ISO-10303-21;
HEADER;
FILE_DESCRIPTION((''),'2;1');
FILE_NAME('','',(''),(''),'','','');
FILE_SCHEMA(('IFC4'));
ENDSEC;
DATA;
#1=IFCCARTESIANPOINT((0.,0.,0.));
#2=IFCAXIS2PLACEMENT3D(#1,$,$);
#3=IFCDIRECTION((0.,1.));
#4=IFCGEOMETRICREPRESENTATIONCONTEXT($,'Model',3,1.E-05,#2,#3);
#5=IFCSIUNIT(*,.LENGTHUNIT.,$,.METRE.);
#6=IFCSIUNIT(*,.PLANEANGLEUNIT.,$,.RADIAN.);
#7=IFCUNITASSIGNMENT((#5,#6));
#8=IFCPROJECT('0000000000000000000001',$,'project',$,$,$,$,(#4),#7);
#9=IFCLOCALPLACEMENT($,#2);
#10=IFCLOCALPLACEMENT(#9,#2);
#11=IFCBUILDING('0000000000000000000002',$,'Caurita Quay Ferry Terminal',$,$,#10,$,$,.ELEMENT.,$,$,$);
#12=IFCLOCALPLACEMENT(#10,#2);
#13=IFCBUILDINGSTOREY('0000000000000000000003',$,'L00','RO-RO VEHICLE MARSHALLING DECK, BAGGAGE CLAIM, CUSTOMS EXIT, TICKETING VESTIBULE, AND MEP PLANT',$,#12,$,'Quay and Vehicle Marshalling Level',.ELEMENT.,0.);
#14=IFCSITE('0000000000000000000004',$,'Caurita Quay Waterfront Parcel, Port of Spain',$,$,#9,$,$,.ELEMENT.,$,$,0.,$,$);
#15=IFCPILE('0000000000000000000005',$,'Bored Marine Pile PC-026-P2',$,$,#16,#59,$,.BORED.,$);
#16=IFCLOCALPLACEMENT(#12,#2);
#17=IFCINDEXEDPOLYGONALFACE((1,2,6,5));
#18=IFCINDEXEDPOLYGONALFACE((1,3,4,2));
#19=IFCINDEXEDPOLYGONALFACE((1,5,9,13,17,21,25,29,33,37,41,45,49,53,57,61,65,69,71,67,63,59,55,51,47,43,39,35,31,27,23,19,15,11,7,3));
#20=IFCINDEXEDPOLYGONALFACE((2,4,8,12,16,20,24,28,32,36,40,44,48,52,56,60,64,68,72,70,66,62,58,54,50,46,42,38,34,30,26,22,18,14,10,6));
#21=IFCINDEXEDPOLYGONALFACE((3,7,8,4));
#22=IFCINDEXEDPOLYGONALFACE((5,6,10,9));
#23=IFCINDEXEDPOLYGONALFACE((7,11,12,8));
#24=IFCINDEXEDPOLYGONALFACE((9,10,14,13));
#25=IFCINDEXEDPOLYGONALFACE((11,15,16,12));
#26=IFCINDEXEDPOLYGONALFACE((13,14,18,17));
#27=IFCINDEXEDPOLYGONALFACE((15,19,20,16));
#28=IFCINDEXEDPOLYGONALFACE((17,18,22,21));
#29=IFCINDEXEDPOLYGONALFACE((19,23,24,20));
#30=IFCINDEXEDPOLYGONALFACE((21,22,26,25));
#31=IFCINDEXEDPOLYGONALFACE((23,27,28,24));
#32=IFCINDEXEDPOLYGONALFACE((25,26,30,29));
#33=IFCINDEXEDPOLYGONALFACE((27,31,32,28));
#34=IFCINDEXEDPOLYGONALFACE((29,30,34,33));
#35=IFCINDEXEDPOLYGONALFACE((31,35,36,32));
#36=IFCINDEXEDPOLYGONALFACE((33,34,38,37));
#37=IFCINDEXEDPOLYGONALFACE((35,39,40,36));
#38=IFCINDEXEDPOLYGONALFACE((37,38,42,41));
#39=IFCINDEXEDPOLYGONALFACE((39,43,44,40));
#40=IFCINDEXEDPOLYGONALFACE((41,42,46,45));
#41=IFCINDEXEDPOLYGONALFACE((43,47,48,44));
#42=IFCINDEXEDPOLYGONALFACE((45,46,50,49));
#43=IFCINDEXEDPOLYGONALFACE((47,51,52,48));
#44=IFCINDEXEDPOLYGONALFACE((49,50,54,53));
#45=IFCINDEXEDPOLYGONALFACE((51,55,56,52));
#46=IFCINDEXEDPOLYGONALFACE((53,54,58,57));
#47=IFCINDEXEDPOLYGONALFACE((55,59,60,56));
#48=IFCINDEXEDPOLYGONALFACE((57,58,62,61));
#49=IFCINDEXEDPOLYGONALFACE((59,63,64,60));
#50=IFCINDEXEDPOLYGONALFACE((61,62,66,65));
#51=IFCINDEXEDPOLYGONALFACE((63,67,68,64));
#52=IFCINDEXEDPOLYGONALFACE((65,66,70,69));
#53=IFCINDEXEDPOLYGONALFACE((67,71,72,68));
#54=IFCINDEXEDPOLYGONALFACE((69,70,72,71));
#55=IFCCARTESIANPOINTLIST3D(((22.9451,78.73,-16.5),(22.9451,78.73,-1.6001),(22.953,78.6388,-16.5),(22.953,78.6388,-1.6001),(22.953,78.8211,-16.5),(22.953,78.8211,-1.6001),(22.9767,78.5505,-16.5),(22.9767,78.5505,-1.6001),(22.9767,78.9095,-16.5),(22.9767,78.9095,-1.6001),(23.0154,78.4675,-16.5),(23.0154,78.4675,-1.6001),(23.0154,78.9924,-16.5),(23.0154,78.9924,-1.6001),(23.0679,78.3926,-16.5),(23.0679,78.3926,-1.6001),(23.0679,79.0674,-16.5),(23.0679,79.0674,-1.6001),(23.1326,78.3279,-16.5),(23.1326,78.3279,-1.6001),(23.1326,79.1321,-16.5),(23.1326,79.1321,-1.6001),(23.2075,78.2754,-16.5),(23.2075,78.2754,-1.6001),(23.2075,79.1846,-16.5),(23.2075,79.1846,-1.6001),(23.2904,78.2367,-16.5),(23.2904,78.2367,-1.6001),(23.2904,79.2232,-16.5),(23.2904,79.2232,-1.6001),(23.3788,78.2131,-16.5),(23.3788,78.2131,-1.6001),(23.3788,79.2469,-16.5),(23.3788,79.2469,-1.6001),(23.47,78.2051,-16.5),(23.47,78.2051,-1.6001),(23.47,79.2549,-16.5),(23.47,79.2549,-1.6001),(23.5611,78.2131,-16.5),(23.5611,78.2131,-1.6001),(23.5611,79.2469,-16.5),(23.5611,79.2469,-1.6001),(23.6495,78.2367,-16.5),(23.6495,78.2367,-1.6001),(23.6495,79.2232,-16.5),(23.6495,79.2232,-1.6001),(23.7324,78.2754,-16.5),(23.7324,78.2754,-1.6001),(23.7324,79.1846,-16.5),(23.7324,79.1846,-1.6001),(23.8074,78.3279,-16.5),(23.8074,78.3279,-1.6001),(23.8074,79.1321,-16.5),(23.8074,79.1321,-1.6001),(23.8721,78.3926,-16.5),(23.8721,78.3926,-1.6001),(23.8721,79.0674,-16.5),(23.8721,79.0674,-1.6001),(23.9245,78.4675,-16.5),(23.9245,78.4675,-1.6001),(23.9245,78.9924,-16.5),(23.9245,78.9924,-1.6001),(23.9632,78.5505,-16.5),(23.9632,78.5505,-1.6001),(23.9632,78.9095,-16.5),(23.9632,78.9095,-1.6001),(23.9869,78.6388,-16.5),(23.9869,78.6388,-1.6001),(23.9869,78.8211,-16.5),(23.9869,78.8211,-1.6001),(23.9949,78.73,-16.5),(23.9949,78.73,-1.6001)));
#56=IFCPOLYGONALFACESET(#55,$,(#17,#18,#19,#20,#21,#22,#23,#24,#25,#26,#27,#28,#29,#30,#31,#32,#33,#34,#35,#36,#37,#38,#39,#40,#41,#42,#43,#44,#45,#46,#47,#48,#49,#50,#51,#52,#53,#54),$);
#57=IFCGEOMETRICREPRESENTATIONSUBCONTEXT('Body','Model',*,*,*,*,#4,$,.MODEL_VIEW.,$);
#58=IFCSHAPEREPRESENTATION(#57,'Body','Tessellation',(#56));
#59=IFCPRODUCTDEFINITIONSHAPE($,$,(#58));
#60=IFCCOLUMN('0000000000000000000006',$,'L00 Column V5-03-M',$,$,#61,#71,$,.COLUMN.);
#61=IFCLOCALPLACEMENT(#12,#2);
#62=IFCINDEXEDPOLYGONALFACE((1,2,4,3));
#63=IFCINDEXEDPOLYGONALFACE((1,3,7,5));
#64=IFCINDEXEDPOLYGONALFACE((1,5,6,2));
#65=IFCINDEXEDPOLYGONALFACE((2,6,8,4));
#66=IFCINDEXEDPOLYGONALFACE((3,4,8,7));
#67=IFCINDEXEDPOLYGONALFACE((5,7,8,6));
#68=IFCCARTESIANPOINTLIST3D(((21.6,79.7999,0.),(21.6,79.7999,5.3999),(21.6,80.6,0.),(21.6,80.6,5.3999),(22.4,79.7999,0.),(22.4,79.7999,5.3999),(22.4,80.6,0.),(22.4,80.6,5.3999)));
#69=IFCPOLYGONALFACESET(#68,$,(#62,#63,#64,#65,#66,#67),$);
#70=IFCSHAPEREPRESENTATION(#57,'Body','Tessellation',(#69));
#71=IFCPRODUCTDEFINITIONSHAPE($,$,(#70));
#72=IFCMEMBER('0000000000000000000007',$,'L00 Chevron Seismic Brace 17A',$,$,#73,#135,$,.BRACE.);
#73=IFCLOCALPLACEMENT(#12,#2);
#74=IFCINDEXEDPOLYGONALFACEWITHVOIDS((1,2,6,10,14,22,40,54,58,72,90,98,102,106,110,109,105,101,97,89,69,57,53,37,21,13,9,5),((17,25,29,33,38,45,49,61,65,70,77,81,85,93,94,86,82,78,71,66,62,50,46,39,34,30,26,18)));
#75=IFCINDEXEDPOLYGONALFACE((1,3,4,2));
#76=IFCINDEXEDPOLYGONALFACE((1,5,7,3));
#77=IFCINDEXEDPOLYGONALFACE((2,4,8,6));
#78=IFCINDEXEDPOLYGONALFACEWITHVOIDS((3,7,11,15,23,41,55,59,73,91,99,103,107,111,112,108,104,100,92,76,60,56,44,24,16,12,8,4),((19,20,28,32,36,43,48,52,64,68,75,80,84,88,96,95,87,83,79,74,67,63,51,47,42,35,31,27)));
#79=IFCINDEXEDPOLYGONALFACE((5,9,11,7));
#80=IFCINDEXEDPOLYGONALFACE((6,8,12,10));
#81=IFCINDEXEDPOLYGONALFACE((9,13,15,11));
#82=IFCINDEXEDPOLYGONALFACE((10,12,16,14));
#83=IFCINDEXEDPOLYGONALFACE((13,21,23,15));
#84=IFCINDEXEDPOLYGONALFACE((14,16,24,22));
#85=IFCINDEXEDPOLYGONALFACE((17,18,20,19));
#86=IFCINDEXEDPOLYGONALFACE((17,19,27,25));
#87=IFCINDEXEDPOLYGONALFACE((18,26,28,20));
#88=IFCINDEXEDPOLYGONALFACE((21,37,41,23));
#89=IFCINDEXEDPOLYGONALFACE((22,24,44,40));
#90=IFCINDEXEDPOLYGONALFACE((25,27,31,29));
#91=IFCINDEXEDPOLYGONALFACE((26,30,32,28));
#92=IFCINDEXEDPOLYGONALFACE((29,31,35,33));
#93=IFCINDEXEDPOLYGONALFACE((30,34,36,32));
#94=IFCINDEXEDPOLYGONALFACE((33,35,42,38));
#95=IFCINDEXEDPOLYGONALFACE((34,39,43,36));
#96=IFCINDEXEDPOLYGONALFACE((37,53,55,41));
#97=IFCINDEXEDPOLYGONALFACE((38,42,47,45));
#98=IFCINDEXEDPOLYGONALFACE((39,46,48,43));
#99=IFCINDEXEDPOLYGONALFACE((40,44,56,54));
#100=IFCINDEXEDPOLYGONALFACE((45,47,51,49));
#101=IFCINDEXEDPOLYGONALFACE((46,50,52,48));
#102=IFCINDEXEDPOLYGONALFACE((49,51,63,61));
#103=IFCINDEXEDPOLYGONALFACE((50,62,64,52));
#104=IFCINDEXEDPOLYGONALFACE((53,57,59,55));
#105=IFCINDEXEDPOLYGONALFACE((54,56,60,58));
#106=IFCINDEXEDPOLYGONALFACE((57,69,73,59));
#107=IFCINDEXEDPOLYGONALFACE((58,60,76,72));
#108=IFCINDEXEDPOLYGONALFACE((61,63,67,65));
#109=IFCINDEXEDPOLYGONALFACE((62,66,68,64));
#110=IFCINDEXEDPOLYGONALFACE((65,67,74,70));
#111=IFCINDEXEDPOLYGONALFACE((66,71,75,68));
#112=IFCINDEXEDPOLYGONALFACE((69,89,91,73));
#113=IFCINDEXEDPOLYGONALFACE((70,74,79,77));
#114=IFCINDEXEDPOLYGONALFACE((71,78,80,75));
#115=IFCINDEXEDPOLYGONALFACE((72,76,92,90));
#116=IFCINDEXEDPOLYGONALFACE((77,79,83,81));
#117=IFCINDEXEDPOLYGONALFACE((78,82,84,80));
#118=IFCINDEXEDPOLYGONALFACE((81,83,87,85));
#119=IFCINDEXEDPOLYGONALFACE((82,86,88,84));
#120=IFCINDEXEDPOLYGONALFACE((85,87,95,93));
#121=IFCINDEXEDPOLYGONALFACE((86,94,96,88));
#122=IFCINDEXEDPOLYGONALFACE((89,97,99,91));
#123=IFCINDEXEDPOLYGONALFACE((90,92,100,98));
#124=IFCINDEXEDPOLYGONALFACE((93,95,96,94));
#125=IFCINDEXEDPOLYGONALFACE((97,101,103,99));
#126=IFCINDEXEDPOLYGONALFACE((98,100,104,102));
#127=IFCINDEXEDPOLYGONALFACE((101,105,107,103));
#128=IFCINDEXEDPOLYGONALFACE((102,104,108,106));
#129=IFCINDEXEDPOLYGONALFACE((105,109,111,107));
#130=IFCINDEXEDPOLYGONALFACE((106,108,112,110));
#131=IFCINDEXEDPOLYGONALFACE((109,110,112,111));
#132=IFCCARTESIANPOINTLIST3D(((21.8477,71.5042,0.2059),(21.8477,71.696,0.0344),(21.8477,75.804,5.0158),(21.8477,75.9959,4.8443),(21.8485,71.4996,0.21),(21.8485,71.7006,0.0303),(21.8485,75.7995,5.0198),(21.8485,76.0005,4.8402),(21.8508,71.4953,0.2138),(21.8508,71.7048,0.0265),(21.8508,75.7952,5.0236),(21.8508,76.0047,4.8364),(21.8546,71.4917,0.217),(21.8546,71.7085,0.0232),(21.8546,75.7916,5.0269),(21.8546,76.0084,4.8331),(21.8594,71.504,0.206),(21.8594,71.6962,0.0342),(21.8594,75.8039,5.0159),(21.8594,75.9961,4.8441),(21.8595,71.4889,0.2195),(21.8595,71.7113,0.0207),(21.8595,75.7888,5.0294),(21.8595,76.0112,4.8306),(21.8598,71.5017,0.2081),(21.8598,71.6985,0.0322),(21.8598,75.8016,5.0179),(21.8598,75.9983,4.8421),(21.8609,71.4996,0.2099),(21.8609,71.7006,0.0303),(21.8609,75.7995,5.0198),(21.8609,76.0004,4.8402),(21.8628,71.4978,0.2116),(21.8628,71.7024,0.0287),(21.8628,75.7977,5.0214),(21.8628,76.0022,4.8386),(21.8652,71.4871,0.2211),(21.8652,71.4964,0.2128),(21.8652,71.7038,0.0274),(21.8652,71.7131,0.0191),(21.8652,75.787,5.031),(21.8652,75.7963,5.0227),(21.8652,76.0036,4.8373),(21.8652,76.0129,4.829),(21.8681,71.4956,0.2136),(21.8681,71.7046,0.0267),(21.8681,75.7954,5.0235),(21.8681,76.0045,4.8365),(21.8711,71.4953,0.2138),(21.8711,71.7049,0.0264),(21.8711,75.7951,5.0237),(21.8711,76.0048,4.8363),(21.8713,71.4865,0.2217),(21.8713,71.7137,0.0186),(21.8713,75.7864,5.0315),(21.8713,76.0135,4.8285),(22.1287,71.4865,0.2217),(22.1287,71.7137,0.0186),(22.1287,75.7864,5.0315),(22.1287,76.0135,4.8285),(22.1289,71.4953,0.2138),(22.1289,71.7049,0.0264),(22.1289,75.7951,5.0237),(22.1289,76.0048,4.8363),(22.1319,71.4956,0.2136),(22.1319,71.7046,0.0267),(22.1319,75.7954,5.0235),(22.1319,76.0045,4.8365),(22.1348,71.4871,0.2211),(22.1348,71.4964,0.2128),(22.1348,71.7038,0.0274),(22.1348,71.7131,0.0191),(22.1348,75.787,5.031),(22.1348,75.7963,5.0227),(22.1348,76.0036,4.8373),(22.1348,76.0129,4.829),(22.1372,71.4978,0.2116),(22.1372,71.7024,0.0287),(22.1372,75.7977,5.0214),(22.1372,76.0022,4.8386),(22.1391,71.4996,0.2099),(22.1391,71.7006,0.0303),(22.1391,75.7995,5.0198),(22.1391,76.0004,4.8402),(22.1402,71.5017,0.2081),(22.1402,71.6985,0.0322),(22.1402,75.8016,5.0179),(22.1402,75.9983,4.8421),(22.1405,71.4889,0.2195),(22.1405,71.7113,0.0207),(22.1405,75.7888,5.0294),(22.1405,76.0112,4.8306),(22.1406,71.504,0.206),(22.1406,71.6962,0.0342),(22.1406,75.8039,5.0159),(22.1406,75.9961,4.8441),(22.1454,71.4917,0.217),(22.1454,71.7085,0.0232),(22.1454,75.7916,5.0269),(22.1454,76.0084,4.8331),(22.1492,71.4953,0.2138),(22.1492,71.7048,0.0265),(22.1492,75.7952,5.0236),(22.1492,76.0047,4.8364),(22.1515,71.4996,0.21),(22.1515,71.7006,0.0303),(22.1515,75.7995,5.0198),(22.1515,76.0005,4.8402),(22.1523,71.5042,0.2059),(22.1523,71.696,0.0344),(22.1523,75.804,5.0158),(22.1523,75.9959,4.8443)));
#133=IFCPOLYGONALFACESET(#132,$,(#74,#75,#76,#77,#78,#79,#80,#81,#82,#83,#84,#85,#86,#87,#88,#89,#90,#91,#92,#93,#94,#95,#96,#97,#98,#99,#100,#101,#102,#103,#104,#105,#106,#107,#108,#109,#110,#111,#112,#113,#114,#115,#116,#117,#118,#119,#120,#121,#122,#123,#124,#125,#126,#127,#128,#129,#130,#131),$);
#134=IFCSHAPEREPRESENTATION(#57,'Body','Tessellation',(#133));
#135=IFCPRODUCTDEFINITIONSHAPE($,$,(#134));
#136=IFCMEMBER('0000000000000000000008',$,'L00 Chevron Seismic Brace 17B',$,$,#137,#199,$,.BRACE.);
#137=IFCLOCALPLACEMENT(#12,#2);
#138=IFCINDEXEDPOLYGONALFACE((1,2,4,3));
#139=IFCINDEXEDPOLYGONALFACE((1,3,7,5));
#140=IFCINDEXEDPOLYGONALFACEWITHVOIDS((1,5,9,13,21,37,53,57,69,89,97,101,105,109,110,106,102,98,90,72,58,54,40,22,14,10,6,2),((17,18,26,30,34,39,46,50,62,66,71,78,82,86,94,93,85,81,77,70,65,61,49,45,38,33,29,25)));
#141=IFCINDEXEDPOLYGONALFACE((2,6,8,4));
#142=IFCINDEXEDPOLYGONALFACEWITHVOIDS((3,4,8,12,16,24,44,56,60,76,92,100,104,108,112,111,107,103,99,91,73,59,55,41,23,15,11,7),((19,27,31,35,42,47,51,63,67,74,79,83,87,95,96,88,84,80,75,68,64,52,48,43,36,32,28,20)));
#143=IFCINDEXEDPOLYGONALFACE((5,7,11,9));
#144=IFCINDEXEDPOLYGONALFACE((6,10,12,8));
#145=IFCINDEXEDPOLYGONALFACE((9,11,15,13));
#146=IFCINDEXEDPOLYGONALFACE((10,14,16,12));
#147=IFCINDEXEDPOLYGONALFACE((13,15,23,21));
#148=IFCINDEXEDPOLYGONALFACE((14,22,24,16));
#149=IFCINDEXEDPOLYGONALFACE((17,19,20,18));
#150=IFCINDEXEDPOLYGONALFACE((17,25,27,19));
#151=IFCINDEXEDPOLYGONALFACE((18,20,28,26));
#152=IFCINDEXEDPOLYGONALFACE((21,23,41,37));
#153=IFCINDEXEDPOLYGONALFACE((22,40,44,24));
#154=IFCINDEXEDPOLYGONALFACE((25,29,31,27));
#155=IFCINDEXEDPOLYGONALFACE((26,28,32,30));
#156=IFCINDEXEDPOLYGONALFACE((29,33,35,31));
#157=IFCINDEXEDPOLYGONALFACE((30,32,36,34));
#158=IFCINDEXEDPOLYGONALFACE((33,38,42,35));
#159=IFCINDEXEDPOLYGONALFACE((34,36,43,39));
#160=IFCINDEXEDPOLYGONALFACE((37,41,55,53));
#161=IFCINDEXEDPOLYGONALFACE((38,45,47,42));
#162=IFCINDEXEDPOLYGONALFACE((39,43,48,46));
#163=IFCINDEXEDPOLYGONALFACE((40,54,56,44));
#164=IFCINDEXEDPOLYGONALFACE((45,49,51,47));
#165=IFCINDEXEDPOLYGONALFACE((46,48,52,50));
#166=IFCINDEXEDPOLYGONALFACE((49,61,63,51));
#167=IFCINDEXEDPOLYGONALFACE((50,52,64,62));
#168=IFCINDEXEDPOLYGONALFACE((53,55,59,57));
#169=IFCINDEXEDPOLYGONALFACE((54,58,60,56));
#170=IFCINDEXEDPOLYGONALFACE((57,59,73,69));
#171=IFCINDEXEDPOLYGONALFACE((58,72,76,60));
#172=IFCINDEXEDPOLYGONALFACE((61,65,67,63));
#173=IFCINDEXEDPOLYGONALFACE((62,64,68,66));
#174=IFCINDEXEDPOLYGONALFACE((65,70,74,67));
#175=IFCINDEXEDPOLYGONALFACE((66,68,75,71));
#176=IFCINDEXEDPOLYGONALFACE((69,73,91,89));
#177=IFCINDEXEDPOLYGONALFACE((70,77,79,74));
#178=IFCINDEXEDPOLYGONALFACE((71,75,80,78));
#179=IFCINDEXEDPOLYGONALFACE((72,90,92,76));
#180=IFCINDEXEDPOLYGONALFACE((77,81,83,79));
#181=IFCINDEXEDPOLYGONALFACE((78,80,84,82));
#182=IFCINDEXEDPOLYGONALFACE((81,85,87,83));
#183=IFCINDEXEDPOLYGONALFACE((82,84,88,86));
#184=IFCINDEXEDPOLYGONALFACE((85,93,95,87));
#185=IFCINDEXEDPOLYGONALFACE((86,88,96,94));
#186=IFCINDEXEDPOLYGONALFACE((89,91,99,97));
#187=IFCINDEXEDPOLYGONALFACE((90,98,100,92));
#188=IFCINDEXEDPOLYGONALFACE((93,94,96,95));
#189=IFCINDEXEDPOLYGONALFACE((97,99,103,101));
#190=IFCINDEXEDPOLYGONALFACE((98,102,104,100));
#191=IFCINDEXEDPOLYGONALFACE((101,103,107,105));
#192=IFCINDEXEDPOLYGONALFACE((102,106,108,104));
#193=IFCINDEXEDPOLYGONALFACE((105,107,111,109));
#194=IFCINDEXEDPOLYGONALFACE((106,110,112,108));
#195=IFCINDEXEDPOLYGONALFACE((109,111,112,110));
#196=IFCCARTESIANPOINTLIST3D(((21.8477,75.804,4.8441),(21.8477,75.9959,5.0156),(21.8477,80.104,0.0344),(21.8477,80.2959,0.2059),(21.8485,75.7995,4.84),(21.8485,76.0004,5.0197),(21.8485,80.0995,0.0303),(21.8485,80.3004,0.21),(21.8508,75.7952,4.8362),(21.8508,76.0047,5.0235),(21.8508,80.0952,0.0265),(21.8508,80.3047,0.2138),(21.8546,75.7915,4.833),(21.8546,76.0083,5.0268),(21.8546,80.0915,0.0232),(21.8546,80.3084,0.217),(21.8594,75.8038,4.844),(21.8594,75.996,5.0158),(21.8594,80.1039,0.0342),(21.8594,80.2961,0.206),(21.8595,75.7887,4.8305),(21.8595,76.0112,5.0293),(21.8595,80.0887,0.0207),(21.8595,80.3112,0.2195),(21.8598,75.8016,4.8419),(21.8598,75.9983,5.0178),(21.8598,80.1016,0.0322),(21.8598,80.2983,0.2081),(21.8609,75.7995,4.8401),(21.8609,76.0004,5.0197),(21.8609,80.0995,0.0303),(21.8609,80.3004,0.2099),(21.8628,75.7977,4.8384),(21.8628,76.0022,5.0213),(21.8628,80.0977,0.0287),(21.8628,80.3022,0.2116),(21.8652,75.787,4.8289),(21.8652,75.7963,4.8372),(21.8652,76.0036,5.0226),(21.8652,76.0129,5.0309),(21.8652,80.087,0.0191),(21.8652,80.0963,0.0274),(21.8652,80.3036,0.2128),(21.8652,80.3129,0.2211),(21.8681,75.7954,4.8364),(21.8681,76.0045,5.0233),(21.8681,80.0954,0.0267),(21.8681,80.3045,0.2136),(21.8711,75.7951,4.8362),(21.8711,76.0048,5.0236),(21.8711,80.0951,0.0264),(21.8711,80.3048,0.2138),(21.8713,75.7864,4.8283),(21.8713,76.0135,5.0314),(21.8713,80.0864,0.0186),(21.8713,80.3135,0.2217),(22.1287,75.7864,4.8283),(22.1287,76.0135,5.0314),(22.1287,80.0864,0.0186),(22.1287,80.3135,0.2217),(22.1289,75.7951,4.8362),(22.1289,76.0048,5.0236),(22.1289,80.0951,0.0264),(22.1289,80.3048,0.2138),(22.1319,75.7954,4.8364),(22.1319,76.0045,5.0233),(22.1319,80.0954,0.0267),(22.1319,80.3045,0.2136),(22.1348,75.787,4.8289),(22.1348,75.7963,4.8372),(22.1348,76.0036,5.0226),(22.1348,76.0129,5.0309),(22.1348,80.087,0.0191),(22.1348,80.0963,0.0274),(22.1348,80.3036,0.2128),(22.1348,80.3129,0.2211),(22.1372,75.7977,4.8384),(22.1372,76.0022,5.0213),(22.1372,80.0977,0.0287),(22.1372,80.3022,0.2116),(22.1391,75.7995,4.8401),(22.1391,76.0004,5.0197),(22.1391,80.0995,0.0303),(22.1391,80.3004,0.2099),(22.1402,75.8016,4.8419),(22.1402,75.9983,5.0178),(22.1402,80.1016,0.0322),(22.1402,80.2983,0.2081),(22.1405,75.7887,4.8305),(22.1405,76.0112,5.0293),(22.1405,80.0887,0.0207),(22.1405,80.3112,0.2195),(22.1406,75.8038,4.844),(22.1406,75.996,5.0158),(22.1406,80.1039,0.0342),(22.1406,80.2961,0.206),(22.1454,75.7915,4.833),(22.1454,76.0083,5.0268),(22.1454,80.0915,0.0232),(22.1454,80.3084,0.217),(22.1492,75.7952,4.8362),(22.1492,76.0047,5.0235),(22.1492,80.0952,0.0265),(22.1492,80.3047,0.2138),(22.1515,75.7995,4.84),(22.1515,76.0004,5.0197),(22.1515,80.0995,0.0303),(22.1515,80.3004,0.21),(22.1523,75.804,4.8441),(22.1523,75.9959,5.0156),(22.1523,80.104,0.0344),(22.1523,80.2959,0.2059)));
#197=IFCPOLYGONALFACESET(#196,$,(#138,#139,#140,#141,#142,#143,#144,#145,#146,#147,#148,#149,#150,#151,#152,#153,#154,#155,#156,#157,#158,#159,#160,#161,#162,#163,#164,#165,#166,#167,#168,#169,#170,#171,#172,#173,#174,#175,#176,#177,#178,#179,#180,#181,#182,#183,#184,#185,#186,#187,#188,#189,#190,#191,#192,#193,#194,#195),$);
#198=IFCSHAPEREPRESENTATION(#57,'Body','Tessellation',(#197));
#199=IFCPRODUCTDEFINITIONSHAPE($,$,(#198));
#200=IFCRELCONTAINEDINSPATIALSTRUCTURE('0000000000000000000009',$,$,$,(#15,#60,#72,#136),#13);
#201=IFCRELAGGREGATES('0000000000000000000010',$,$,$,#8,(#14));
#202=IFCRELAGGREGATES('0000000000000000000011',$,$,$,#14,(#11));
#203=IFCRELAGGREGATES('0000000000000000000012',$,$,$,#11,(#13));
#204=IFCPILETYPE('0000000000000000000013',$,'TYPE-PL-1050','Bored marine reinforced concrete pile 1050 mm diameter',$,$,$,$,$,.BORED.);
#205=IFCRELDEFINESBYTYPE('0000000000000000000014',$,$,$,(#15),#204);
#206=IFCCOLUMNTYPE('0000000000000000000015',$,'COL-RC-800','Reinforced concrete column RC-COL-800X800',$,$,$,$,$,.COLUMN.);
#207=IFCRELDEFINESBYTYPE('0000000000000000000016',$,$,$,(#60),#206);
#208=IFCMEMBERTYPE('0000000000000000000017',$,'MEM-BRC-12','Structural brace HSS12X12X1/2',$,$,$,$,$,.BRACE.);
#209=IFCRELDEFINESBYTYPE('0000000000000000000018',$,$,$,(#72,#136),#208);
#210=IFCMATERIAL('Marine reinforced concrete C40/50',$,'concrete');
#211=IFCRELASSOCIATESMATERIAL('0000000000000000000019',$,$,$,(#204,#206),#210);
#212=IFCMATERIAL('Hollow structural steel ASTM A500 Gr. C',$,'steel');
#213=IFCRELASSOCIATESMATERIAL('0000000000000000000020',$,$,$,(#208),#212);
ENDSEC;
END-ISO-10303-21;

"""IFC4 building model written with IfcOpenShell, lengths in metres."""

from ifc_helpers import new_model, si_unit, direction, frame, origin, origin_2d, place, context, subcontext, project, spatial, rectangle, hollow_rectangle, circle, extrude, material, material_profile, profile_set, type_object, element, save


model = new_model("IFC4")

# Units and contexts
model_context = context("Model", 3, precision=1e-05, world=origin(), true_north=direction((0.0, 1.0)))
body_context = subcontext(model_context, "Body", "Model", "MODEL_VIEW")
ifc_project = project(units=[si_unit("LENGTHUNIT", "METRE"), si_unit("PLANEANGLEUNIT", "RADIAN")], contexts=[model_context])

# Site, building, storey
site_placement = place(None, origin())
site = spatial("IfcSite", under=ifc_project, at=site_placement, Name="Caurita Quay Waterfront Parcel, Port of Spain", CompositionType="ELEMENT", RefElevation=0.0)
building_placement = place(site_placement, origin())
building = spatial("IfcBuilding", under=site, at=building_placement, Name="Caurita Quay Ferry Terminal", CompositionType="ELEMENT")
storey_placement = place(building_placement, origin())
storey = spatial("IfcBuildingStorey", under=building, at=storey_placement, Name="L00", Description="RO-RO VEHICLE MARSHALLING DECK, BAGGAGE CLAIM, CUSTOMS EXIT, TICKETING VESTIBULE, AND MEP PLANT", LongName="Quay and Vehicle Marshalling Level", CompositionType="ELEMENT", Elevation=0.0)

# Pile
ifc_material_1 = material(Name="Marine reinforced concrete C40/50", Category="concrete")
ifc_material_profile_1 = material_profile(ifc_material_1, circle(Radius=0.5249, at=origin_2d()), Name="PILE-D1050")
ifc_profile_set_1 = profile_set([ifc_material_profile_1], Name="Marine reinforced concrete C40/50")
pile_type = type_object("IfcPileType", Name="TYPE-PL-1050", Description="Bored marine reinforced concrete pile 1050 mm diameter", PredefinedType="BORED", material=ifc_profile_set_1)
for number, where, z_axis, x_axis, name in (
    (1, (23.47, 78.73, -1.6001), (0.0, 0.0, -1.0), (1.0, 0.0, 0.0), "Bored Marine Pile PC-026-P2"),
):
    element("IfcPile", number, at=place(storey_placement, frame(where, z_axis=z_axis, x_axis=x_axis)), inside=storey, type_object=pile_type, Name=name, PredefinedType="BORED", context=body_context, shape_type="SweptSolid", body=[
        extrude(circle(Radius=0.5249, at=origin_2d()), origin(), (0.0, 0.0, 1.0), 14.8999),
    ])

# Column
ifc_material_profile_2 = material_profile(ifc_material_1, rectangle(XDim=0.8, YDim=0.8, at=origin_2d()), Name="RC-COL-800X800")
ifc_profile_set_2 = profile_set([ifc_material_profile_2], Name="Marine reinforced concrete C40/50")
column_type = type_object("IfcColumnType", Name="COL-RC-800", Description="Reinforced concrete column RC-COL-800X800", PredefinedType="COLUMN", material=ifc_profile_set_2)
column_placement = place(storey_placement, frame((22.0, 80.2, 0.0), z_axis=(0.0, 0.0, 1.0), x_axis=(1.0, 0.0, 0.0)))
element("IfcColumn", 2, at=column_placement, inside=storey, type_object=column_type, Name="L00 Column V5-03-M", PredefinedType="COLUMN", context=body_context, shape_type="SweptSolid", body=[
    extrude(rectangle(XDim=0.8, YDim=0.8, at=origin_2d()), origin(), (0.0, 0.0, 1.0), 5.3999),
])

# Members
ifc_material_2 = material(Name="Hollow structural steel ASTM A500 Gr. C", Category="steel")
ifc_material_profile_3 = material_profile(ifc_material_2, hollow_rectangle(XDim=0.3047, YDim=0.3047, WallThickness=0.0117, InnerFilletRadius=0.0117, OuterFilletRadius=0.0237, at=origin_2d()), Name="HSS12X12X1/2")
ifc_profile_set_3 = profile_set([ifc_material_profile_3], Name="Hollow structural steel ASTM A500 Gr. C")
member_type = type_object("IfcMemberType", Name="MEM-BRC-12", Description="Structural brace HSS12X12X1/2", PredefinedType="BRACE", material=ifc_profile_set_3)
for number, where, z_axis, x_axis, name in (
    (3, (22.0, 71.6001, 0.1201), (0.0, 0.666475, 0.745527), (-1.0, 0.0, 0.0), "L00 Chevron Seismic Brace 17A"),
    (4, (22.0, 80.2, 0.1201), (0.0, -0.666496, 0.745508), (1.0, 0.0, 0.0), "L00 Chevron Seismic Brace 17B"),
):
    element("IfcMember", number, at=place(storey_placement, frame(where, z_axis=z_axis, x_axis=x_axis)), inside=storey, type_object=member_type, Name=name, PredefinedType="BRACE", context=body_context, shape_type="SweptSolid", body=[
        extrude(hollow_rectangle(XDim=0.3047, YDim=0.3047, WallThickness=0.0117, InnerFilletRadius=0.0117, OuterFilletRadius=0.0237, at=origin_2d()), origin(), (0.0, 0.0, 1.0), 6.4517),
    ])

save(model, "model.ifc")
